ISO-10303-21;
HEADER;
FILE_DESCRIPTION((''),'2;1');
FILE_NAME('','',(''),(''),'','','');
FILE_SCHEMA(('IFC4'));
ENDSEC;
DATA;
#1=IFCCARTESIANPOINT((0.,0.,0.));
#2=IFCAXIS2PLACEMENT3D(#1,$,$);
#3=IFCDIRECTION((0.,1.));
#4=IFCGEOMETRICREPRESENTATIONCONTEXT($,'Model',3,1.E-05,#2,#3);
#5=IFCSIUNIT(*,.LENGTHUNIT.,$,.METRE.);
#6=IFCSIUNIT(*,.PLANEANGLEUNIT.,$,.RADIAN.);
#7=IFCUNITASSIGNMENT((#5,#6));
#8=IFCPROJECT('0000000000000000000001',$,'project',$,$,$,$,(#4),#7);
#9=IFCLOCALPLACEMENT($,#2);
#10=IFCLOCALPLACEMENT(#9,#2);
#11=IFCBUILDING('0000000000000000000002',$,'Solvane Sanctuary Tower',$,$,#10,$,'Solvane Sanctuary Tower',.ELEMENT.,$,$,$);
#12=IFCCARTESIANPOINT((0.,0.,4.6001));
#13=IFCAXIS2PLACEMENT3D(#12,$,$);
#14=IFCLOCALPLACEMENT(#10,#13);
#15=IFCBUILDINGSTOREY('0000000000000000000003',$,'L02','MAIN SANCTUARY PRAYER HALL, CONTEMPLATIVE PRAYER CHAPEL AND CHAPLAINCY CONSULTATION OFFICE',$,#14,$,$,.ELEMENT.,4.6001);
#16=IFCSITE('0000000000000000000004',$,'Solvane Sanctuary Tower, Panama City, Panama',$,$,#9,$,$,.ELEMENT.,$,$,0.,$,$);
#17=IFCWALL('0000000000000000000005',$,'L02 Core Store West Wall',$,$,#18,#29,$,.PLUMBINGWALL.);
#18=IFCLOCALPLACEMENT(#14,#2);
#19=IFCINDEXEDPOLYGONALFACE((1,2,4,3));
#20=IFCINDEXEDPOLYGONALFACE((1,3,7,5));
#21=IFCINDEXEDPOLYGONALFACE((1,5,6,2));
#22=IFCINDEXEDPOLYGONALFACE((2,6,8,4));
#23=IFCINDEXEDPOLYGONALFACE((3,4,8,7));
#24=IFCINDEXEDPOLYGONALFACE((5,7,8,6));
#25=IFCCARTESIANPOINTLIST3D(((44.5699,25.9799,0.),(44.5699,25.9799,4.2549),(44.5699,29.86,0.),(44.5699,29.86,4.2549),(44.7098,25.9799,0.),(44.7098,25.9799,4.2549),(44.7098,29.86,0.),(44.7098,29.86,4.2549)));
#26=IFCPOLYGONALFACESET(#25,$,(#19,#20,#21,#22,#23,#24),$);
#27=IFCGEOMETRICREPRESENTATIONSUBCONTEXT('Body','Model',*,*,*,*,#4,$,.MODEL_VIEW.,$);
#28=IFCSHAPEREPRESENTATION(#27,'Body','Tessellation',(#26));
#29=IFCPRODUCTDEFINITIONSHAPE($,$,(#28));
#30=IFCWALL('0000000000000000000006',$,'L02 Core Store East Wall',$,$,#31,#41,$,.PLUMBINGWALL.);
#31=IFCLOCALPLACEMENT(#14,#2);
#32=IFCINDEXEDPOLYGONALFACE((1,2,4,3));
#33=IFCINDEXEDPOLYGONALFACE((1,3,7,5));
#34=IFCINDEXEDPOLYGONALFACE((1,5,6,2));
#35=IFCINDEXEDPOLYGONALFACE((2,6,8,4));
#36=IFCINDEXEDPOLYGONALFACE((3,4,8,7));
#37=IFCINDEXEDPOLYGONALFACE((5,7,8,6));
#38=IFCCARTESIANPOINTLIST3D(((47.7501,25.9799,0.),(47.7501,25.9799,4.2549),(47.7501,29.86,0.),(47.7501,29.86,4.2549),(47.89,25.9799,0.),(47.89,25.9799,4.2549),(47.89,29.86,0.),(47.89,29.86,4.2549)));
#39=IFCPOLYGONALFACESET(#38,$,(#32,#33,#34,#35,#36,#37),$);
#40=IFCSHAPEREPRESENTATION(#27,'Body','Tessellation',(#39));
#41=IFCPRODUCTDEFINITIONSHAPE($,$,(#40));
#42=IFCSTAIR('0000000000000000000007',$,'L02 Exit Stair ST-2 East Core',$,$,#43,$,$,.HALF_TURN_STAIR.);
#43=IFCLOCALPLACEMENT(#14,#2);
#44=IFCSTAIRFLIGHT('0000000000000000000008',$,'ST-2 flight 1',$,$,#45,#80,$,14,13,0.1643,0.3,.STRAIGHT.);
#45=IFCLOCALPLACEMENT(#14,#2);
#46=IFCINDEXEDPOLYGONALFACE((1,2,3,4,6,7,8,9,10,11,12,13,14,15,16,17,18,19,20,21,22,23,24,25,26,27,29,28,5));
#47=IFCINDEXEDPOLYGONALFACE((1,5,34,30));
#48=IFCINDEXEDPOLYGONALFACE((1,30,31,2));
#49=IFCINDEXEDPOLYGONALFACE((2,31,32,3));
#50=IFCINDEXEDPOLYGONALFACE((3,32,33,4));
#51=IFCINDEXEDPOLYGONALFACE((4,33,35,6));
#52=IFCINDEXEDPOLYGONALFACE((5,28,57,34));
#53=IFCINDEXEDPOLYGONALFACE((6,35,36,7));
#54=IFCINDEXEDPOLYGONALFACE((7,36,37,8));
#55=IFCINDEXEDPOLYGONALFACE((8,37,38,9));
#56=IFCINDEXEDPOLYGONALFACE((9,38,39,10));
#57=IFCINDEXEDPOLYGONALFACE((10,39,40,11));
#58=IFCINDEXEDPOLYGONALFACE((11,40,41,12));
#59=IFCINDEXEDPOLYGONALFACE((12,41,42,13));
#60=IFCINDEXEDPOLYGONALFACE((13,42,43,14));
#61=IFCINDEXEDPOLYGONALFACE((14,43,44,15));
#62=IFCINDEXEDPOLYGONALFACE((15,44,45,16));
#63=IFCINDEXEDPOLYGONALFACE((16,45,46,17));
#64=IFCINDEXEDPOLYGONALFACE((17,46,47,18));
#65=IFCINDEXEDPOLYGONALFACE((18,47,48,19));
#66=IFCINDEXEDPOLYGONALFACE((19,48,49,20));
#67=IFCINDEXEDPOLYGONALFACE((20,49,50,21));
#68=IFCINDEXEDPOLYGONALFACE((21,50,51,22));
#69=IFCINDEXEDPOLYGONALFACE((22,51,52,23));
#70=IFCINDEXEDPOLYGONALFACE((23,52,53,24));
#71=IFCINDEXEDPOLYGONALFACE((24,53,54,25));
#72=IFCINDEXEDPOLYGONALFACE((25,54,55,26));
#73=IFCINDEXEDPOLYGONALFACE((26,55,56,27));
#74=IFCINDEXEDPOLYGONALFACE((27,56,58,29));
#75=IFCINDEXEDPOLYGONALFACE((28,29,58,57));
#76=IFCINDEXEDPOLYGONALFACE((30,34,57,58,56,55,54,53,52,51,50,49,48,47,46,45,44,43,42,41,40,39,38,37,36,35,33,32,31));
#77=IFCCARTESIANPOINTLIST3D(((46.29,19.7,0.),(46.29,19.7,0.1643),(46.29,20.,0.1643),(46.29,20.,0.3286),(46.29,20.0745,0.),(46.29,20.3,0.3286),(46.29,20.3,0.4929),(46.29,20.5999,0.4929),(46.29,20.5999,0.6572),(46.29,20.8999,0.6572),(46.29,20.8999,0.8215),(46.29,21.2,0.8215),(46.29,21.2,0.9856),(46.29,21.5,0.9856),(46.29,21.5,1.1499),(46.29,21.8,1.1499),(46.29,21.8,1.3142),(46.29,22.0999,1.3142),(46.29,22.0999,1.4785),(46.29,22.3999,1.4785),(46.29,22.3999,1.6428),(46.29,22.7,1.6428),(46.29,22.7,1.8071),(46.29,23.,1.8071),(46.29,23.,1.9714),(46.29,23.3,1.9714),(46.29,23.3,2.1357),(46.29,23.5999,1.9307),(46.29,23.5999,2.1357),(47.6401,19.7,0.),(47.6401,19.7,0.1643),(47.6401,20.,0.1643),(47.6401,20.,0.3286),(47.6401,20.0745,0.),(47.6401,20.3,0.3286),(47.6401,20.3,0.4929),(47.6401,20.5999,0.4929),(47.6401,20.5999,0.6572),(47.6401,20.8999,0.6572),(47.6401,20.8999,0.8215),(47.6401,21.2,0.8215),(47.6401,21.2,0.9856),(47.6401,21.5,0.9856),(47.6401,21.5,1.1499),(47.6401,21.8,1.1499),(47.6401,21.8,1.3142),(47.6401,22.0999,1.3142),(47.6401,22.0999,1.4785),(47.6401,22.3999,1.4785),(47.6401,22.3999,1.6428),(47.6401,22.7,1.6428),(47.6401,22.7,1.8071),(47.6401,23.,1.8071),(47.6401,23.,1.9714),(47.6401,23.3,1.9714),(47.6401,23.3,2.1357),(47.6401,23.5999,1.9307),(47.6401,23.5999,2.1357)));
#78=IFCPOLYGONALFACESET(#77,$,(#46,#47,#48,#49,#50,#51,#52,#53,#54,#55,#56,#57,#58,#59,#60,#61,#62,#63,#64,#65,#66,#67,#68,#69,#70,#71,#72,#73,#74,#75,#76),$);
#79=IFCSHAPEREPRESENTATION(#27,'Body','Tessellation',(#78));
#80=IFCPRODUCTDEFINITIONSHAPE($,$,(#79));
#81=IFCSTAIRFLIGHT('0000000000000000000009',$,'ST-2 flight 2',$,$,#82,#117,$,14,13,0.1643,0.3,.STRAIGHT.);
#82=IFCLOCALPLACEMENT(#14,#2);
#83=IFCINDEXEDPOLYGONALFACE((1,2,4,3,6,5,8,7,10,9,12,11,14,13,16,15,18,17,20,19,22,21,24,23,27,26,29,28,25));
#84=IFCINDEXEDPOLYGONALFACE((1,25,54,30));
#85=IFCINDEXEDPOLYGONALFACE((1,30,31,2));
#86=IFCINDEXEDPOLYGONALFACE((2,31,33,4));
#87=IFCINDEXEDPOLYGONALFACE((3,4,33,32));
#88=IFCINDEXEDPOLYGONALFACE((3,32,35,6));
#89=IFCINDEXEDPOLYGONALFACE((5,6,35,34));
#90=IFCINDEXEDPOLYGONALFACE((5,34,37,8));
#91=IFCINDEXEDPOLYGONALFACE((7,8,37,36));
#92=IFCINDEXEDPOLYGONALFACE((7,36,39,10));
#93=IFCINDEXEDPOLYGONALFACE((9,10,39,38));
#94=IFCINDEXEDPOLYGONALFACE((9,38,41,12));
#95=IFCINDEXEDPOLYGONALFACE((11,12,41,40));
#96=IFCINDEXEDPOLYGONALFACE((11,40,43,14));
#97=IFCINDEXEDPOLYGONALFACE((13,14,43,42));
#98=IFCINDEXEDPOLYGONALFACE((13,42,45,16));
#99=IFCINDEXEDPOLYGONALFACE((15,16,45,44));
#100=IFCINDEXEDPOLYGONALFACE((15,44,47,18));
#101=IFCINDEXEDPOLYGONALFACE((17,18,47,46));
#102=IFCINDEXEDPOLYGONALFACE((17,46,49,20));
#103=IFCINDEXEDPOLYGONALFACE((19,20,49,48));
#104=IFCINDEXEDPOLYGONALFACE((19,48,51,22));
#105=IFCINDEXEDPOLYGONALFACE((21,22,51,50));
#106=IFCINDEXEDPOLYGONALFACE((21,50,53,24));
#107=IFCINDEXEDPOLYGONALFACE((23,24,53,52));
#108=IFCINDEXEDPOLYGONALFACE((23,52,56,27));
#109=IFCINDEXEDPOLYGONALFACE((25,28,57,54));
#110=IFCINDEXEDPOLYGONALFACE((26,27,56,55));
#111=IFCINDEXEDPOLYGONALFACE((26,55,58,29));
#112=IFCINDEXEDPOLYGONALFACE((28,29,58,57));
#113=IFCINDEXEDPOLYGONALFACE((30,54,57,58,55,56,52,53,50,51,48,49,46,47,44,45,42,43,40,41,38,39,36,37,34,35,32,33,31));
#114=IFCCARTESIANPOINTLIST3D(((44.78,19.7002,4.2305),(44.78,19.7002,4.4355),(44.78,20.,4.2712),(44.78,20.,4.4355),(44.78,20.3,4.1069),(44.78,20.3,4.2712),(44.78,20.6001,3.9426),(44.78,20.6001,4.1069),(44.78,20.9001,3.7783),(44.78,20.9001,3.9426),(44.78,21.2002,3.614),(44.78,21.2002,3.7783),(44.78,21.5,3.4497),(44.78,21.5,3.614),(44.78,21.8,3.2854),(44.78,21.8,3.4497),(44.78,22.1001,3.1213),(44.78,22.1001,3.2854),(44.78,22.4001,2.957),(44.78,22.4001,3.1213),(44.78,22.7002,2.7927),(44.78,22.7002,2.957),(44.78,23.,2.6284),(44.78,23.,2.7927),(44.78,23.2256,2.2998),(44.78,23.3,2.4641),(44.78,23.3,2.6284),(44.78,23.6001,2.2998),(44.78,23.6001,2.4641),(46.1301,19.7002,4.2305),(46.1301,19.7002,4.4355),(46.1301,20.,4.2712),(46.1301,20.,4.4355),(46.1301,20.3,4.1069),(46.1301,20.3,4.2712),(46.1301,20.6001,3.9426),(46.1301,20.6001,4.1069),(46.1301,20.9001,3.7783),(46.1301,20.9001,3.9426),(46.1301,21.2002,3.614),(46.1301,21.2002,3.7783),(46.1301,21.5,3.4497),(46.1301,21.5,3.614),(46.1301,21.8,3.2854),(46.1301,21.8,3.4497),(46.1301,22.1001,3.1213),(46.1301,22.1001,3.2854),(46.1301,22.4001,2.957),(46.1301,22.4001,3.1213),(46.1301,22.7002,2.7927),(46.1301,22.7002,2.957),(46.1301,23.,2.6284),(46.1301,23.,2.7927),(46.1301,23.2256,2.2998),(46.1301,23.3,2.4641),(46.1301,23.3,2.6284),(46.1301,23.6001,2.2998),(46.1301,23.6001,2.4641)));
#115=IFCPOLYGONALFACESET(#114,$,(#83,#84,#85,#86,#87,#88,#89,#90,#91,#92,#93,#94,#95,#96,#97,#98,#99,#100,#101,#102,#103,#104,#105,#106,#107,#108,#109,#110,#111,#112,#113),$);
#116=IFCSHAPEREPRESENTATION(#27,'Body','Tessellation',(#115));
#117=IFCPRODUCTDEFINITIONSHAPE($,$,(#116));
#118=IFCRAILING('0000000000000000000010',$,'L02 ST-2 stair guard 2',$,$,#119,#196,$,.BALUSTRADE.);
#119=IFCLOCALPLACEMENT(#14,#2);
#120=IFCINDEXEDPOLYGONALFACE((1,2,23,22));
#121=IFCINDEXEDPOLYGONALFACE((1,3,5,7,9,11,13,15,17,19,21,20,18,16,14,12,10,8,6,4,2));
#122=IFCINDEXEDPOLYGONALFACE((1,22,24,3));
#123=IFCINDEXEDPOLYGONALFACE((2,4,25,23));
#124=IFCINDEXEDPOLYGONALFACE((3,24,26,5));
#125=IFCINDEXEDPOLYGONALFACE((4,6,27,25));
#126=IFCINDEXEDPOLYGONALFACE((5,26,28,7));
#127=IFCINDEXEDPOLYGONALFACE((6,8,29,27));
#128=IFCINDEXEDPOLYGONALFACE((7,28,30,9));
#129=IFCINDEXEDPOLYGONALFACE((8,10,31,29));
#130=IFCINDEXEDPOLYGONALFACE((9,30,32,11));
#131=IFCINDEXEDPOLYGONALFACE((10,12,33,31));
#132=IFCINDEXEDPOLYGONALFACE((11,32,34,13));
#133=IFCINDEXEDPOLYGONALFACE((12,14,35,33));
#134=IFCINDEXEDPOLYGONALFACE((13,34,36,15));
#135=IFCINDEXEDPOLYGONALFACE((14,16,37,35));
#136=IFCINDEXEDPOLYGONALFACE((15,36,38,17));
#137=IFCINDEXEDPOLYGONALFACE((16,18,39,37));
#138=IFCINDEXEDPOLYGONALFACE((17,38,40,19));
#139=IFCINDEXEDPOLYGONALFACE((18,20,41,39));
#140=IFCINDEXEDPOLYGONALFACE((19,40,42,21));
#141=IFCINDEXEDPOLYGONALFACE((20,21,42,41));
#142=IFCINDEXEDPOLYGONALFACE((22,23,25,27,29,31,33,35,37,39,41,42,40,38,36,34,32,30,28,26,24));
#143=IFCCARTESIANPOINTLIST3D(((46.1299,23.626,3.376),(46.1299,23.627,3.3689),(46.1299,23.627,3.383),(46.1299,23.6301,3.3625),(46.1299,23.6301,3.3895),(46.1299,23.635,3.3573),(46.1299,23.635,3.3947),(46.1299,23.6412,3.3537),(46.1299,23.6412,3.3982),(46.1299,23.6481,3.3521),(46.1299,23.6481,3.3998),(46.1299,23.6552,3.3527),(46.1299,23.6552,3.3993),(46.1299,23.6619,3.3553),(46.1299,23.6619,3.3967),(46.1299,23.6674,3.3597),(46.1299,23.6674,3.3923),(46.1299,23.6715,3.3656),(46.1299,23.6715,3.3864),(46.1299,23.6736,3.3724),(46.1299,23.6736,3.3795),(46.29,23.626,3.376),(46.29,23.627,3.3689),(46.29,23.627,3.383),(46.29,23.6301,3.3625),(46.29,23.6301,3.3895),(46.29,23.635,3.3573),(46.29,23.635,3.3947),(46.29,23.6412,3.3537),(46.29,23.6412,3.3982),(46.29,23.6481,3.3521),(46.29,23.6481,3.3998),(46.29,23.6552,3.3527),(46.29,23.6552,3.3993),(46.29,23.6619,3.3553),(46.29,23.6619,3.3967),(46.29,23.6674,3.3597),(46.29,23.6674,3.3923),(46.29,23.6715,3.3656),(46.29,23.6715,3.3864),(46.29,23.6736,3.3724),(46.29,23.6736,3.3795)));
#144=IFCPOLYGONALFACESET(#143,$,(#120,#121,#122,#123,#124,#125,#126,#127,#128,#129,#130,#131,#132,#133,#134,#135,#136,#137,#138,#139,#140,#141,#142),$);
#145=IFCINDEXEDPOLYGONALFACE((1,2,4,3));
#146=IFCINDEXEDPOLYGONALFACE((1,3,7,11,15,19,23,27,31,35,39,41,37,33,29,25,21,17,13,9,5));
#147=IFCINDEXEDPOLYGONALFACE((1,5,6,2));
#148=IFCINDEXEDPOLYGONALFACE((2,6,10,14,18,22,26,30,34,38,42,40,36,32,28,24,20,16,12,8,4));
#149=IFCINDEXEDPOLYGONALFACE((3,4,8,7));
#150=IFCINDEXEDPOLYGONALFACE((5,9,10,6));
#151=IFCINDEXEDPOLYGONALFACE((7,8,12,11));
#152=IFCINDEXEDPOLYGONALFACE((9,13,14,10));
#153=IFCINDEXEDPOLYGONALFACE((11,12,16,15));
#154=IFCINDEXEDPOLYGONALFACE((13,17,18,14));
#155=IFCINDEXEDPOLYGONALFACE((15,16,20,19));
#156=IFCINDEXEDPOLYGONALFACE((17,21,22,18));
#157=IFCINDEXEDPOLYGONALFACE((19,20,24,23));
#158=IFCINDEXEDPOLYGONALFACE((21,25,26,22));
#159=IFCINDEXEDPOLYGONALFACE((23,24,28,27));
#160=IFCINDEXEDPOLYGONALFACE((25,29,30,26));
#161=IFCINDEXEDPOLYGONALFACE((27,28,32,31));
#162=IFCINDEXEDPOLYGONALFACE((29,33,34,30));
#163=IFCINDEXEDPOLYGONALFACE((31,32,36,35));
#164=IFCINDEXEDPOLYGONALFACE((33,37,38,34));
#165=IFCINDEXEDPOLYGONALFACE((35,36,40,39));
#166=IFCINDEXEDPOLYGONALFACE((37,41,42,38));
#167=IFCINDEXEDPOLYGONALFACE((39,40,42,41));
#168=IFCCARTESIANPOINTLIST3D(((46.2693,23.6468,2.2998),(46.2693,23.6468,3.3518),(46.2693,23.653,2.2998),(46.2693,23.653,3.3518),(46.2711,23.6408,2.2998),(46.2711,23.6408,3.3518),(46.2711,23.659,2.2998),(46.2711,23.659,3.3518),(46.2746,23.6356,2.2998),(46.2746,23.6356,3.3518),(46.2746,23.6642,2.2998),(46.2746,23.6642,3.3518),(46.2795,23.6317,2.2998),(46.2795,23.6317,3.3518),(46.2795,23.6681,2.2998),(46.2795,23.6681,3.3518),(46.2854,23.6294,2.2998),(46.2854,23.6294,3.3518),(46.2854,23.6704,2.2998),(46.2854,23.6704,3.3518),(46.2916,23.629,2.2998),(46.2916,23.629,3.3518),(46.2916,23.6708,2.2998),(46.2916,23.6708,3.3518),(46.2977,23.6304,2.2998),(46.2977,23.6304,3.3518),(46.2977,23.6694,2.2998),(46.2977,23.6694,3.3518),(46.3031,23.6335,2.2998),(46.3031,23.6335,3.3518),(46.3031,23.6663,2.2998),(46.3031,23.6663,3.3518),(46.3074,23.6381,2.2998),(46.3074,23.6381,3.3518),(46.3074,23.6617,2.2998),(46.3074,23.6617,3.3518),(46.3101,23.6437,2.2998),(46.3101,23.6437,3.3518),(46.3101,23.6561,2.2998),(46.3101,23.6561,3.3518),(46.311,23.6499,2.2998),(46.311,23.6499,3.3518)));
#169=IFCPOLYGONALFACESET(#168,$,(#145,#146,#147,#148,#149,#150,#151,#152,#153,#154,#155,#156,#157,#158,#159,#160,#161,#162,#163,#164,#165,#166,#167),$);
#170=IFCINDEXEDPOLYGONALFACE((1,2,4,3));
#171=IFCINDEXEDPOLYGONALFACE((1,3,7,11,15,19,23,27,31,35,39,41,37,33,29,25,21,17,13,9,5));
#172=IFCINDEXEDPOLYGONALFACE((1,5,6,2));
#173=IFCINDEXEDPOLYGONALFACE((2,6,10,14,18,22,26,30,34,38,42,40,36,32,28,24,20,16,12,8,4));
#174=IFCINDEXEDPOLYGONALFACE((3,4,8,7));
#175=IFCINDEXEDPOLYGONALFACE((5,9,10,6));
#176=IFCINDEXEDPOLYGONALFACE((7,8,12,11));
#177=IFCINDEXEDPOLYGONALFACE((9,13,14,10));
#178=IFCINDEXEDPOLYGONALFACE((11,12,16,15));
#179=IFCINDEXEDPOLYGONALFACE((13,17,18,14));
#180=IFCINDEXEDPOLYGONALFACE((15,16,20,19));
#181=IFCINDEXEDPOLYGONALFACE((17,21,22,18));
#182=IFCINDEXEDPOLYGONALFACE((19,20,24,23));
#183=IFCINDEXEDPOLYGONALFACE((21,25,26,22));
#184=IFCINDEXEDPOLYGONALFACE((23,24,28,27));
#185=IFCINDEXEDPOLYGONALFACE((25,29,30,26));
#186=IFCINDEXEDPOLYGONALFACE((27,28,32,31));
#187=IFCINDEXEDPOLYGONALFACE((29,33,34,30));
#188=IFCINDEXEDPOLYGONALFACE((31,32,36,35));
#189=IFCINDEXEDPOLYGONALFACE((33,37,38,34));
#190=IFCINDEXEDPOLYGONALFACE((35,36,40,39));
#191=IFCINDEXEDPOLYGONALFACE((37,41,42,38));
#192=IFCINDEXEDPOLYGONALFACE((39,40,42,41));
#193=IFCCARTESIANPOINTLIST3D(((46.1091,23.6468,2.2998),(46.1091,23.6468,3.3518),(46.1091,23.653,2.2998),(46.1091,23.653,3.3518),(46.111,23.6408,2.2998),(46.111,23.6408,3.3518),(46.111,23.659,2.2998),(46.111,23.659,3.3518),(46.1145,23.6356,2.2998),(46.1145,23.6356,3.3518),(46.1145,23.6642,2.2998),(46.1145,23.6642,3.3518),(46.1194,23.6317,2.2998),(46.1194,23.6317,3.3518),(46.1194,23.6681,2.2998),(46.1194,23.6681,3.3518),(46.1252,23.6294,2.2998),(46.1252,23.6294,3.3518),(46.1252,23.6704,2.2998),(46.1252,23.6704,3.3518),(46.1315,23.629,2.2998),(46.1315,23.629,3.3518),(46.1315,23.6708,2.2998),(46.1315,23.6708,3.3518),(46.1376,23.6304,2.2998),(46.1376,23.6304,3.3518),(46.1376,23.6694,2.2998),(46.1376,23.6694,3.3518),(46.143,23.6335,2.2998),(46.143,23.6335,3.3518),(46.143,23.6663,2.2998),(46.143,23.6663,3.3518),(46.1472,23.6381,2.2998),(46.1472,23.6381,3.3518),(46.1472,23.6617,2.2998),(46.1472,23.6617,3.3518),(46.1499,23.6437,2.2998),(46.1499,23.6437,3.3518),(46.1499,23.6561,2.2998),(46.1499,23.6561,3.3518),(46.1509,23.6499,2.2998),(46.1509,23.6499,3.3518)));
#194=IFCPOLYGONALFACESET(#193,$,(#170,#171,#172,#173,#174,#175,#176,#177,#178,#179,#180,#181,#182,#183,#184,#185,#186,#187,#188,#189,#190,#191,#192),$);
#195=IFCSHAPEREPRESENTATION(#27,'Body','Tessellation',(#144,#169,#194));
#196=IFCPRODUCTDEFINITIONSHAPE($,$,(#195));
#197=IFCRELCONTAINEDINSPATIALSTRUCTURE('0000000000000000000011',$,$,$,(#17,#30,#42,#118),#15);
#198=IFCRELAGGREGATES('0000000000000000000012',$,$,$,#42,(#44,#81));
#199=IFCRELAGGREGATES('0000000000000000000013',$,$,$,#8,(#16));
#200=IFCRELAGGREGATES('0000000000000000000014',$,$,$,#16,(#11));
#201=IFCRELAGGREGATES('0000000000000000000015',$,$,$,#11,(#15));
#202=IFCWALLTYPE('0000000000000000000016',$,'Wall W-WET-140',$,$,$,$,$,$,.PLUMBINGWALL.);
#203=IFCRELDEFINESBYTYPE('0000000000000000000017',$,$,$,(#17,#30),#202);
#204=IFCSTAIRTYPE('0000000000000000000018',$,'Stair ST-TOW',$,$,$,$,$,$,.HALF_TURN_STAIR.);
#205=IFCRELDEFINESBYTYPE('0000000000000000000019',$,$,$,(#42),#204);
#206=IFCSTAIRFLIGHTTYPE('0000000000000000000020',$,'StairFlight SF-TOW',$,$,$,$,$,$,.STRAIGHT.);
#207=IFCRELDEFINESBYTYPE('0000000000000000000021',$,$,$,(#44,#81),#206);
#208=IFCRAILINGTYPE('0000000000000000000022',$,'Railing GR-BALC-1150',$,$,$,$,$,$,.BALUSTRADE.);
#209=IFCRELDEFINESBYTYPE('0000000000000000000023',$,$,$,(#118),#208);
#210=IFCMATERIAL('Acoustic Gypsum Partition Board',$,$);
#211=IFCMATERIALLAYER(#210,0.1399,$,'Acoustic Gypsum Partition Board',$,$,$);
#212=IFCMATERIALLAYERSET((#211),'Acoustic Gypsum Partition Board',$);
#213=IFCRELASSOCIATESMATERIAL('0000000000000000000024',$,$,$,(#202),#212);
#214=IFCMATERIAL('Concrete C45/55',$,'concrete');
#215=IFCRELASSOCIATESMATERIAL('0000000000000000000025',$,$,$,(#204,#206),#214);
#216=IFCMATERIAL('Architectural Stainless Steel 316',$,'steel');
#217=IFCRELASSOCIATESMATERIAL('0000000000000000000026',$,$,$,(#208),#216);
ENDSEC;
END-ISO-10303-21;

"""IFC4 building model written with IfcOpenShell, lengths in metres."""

from ifc_helpers import new_model, si_unit, direction, frame, frame_2d, origin, origin_2d, place, context, subcontext, project, spatial, polyline, rectangle, circle, outline, extrude, material, layer, layer_set, type_object, element, aggregate, save


model = new_model("IFC4")

# Units and contexts
model_context = context("Model", 3, precision=1e-05, world=origin(), true_north=direction((0.0, 1.0)))
body_context = subcontext(model_context, "Body", "Model", "MODEL_VIEW")
ifc_project = project(units=[si_unit("LENGTHUNIT", "METRE"), si_unit("PLANEANGLEUNIT", "RADIAN")], contexts=[model_context])

# Site, building, storey
site_placement = place(None, origin())
site = spatial("IfcSite", under=ifc_project, at=site_placement, Name="Solvane Sanctuary Tower, Panama City, Panama", CompositionType="ELEMENT", RefElevation=0.0)
building_placement = place(site_placement, origin())
building = spatial("IfcBuilding", under=site, at=building_placement, Name="Solvane Sanctuary Tower", LongName="Solvane Sanctuary Tower", CompositionType="ELEMENT")
storey_placement = place(building_placement, frame((0.0, 0.0, 4.6001)))
storey = spatial("IfcBuildingStorey", under=building, at=storey_placement, Name="L02", Description="MAIN SANCTUARY PRAYER HALL, CONTEMPLATIVE PRAYER CHAPEL AND CHAPLAINCY CONSULTATION OFFICE", CompositionType="ELEMENT", Elevation=4.6001)

# Shared definitions
ifc_material_1 = material(Name="Acoustic Gypsum Partition Board")

# Shared definitions
ifc_material_2 = material(Name="Architectural Stainless Steel 316", Category="steel")

# Walls
ifc_layer_1 = layer(ifc_material_1, 0.1399, Name="Acoustic Gypsum Partition Board")
ifc_layer_set_1 = layer_set([ifc_layer_1], Name="Acoustic Gypsum Partition Board")
wall_type_1 = type_object("IfcWallType", Name="Wall W-WET-140", PredefinedType="PLUMBINGWALL", material=ifc_layer_set_1)
for number, where, z_axis, x_axis, name in (
    (1, (44.6399, 25.98, 0.0), (0.0, 0.0, 1.0), (0.0, 1.0, 0.0), "L02 Core Store West Wall"),
    (2, (47.8201, 25.98, 0.0), (0.0, 0.0, 1.0), (0.0, 1.0, 0.0), "L02 Core Store East Wall"),
):
    element("IfcWall", number, at=place(storey_placement, frame(where, z_axis=z_axis, x_axis=x_axis)), inside=storey, type_object=wall_type_1, Name=name, PredefinedType="PLUMBINGWALL", context=body_context, shape_type="SweptSolid", body=[
        extrude(rectangle(XDim=3.8801, YDim=0.1399, at=frame_2d((1.9399, 0.0))), origin(), (0.0, 0.0, 1.0), 4.2549),
    ])

# Stair, stair flights
ifc_material_3 = material(Name="Concrete C45/55", Category="concrete")
stair_type = type_object("IfcStairType", Name="Stair ST-TOW", PredefinedType="HALF_TURN_STAIR", material=ifc_material_3)
stair_placement = place(storey_placement, origin())
stair = element("IfcStair", 3, at=stair_placement, inside=storey, type_object=stair_type, Name="L02 Exit Stair ST-2 East Core", PredefinedType="HALF_TURN_STAIR")
stair_flight_type = type_object("IfcStairFlightType", Name="StairFlight SF-TOW", PredefinedType="STRAIGHT", material=ifc_material_3)
stair_flight_1_placement = place(storey_placement, frame((46.9651, 19.7, 0.0), z_axis=(0.0, 0.0, 1.0), x_axis=(0.0, 1.0, 0.0)))
stair_flight_1 = element("IfcStairFlight", 4, at=stair_flight_1_placement, type_object=stair_flight_type, Name="ST-2 flight 1", NumberOfRisers=14, NumberOfTreads=13, PredefinedType="STRAIGHT", RiserHeight=0.1643, TreadLength=0.3, context=body_context, shape_type="SweptSolid", body=[
    extrude(outline(polyline([(0.0, 0.0), (0.0, 0.1643), (0.3, 0.1643), (0.3, 0.3286), (0.6001, 0.3286), (0.6001, 0.4929), (0.8999, 0.4929), (0.8999, 0.6572), (1.2, 0.6572), (1.2, 0.8215), (1.5, 0.8215), (1.5, 0.9856), (1.8, 0.9856), (1.8, 1.1499), (2.1001, 1.1499), (2.1001, 1.3142), (2.3999, 1.3142), (2.3999, 1.4785), (2.7, 1.4785), (2.7, 1.6428), (3.0, 1.6428), (3.0, 1.8071), (3.3, 1.8071), (3.3, 1.9714), (3.6001, 1.9714), (3.6001, 2.1357), (3.8999, 2.1357), (3.8999, 2.3), (3.8999, 1.9307), (0.3745, 0.0), (0.0, 0.0)])), frame((0.0, 0.675, 0.0), z_axis=(0.0, -1.0, 0.0), x_axis=(1.0, 0.0, 0.0)), (0.0, 0.0, 1.0), 1.3501),
])
stair_flight_2_placement = place(storey_placement, frame((45.4551, 23.6001, 2.2998), z_axis=(0.0, 0.0, 1.0), x_axis=(0.0, -1.0, 0.0)))
stair_flight_2 = element("IfcStairFlight", 5, at=stair_flight_2_placement, type_object=stair_flight_type, Name="ST-2 flight 2", NumberOfRisers=14, NumberOfTreads=13, PredefinedType="STRAIGHT", RiserHeight=0.1643, TreadLength=0.3, context=body_context, shape_type="SweptSolid", body=[
    extrude(outline(polyline([(0.0, 0.0), (0.0, 0.1643), (0.3, 0.1643), (0.3, 0.3286), (0.6001, 0.3286), (0.6001, 0.4929), (0.8999, 0.4929), (0.8999, 0.6572), (1.2, 0.6572), (1.2, 0.8215), (1.5, 0.8215), (1.5, 0.9856), (1.8, 0.9856), (1.8, 1.1499), (2.1001, 1.1499), (2.1001, 1.3142), (2.3999, 1.3142), (2.3999, 1.4785), (2.7, 1.4785), (2.7, 1.6428), (3.0, 1.6428), (3.0, 1.8071), (3.3, 1.8071), (3.3, 1.9714), (3.6001, 1.9714), (3.6001, 2.1357), (3.8999, 2.1357), (3.8999, 2.3), (3.8999, 1.9307), (0.3745, 0.0), (0.0, 0.0)])), frame((0.0, 0.675, 0.0), z_axis=(0.0, -1.0, 0.0), x_axis=(1.0, 0.0, 0.0)), (0.0, 0.0, 1.0), 1.3501),
])
aggregate(stair, [stair_flight_1, stair_flight_2])

# Railing
railing_type_1 = type_object("IfcRailingType", Name="Railing GR-BALC-1150", PredefinedType="BALUSTRADE", material=ifc_material_2)
railing_1_placement = place(storey_placement, frame((46.29, 23.6499, 2.2998)))
element("IfcRailing", 6, at=railing_1_placement, inside=storey, type_object=railing_type_1, Name="L02 ST-2 stair guard 2", PredefinedType="BALUSTRADE", context=body_context, shape_type="SweptSolid", body=[
    extrude(circle(Radius=0.0239, at=origin_2d()), frame((0.0, 0.0, 1.0762), z_axis=(-1.0, 0.0, 0.0), x_axis=(0.0, -1.0, 0.0)), (0.0, 0.0, 1.0), 0.1602),
    extrude(circle(Radius=0.021, at=origin_2d()), origin(), (0.0, 0.0, 1.0), 1.052),
    extrude(circle(Radius=0.021, at=origin_2d()), frame((-0.1602, 0.0, 0.0)), (0.0, 0.0, 1.0), 1.052),
])

save(model, "model.ifc")
